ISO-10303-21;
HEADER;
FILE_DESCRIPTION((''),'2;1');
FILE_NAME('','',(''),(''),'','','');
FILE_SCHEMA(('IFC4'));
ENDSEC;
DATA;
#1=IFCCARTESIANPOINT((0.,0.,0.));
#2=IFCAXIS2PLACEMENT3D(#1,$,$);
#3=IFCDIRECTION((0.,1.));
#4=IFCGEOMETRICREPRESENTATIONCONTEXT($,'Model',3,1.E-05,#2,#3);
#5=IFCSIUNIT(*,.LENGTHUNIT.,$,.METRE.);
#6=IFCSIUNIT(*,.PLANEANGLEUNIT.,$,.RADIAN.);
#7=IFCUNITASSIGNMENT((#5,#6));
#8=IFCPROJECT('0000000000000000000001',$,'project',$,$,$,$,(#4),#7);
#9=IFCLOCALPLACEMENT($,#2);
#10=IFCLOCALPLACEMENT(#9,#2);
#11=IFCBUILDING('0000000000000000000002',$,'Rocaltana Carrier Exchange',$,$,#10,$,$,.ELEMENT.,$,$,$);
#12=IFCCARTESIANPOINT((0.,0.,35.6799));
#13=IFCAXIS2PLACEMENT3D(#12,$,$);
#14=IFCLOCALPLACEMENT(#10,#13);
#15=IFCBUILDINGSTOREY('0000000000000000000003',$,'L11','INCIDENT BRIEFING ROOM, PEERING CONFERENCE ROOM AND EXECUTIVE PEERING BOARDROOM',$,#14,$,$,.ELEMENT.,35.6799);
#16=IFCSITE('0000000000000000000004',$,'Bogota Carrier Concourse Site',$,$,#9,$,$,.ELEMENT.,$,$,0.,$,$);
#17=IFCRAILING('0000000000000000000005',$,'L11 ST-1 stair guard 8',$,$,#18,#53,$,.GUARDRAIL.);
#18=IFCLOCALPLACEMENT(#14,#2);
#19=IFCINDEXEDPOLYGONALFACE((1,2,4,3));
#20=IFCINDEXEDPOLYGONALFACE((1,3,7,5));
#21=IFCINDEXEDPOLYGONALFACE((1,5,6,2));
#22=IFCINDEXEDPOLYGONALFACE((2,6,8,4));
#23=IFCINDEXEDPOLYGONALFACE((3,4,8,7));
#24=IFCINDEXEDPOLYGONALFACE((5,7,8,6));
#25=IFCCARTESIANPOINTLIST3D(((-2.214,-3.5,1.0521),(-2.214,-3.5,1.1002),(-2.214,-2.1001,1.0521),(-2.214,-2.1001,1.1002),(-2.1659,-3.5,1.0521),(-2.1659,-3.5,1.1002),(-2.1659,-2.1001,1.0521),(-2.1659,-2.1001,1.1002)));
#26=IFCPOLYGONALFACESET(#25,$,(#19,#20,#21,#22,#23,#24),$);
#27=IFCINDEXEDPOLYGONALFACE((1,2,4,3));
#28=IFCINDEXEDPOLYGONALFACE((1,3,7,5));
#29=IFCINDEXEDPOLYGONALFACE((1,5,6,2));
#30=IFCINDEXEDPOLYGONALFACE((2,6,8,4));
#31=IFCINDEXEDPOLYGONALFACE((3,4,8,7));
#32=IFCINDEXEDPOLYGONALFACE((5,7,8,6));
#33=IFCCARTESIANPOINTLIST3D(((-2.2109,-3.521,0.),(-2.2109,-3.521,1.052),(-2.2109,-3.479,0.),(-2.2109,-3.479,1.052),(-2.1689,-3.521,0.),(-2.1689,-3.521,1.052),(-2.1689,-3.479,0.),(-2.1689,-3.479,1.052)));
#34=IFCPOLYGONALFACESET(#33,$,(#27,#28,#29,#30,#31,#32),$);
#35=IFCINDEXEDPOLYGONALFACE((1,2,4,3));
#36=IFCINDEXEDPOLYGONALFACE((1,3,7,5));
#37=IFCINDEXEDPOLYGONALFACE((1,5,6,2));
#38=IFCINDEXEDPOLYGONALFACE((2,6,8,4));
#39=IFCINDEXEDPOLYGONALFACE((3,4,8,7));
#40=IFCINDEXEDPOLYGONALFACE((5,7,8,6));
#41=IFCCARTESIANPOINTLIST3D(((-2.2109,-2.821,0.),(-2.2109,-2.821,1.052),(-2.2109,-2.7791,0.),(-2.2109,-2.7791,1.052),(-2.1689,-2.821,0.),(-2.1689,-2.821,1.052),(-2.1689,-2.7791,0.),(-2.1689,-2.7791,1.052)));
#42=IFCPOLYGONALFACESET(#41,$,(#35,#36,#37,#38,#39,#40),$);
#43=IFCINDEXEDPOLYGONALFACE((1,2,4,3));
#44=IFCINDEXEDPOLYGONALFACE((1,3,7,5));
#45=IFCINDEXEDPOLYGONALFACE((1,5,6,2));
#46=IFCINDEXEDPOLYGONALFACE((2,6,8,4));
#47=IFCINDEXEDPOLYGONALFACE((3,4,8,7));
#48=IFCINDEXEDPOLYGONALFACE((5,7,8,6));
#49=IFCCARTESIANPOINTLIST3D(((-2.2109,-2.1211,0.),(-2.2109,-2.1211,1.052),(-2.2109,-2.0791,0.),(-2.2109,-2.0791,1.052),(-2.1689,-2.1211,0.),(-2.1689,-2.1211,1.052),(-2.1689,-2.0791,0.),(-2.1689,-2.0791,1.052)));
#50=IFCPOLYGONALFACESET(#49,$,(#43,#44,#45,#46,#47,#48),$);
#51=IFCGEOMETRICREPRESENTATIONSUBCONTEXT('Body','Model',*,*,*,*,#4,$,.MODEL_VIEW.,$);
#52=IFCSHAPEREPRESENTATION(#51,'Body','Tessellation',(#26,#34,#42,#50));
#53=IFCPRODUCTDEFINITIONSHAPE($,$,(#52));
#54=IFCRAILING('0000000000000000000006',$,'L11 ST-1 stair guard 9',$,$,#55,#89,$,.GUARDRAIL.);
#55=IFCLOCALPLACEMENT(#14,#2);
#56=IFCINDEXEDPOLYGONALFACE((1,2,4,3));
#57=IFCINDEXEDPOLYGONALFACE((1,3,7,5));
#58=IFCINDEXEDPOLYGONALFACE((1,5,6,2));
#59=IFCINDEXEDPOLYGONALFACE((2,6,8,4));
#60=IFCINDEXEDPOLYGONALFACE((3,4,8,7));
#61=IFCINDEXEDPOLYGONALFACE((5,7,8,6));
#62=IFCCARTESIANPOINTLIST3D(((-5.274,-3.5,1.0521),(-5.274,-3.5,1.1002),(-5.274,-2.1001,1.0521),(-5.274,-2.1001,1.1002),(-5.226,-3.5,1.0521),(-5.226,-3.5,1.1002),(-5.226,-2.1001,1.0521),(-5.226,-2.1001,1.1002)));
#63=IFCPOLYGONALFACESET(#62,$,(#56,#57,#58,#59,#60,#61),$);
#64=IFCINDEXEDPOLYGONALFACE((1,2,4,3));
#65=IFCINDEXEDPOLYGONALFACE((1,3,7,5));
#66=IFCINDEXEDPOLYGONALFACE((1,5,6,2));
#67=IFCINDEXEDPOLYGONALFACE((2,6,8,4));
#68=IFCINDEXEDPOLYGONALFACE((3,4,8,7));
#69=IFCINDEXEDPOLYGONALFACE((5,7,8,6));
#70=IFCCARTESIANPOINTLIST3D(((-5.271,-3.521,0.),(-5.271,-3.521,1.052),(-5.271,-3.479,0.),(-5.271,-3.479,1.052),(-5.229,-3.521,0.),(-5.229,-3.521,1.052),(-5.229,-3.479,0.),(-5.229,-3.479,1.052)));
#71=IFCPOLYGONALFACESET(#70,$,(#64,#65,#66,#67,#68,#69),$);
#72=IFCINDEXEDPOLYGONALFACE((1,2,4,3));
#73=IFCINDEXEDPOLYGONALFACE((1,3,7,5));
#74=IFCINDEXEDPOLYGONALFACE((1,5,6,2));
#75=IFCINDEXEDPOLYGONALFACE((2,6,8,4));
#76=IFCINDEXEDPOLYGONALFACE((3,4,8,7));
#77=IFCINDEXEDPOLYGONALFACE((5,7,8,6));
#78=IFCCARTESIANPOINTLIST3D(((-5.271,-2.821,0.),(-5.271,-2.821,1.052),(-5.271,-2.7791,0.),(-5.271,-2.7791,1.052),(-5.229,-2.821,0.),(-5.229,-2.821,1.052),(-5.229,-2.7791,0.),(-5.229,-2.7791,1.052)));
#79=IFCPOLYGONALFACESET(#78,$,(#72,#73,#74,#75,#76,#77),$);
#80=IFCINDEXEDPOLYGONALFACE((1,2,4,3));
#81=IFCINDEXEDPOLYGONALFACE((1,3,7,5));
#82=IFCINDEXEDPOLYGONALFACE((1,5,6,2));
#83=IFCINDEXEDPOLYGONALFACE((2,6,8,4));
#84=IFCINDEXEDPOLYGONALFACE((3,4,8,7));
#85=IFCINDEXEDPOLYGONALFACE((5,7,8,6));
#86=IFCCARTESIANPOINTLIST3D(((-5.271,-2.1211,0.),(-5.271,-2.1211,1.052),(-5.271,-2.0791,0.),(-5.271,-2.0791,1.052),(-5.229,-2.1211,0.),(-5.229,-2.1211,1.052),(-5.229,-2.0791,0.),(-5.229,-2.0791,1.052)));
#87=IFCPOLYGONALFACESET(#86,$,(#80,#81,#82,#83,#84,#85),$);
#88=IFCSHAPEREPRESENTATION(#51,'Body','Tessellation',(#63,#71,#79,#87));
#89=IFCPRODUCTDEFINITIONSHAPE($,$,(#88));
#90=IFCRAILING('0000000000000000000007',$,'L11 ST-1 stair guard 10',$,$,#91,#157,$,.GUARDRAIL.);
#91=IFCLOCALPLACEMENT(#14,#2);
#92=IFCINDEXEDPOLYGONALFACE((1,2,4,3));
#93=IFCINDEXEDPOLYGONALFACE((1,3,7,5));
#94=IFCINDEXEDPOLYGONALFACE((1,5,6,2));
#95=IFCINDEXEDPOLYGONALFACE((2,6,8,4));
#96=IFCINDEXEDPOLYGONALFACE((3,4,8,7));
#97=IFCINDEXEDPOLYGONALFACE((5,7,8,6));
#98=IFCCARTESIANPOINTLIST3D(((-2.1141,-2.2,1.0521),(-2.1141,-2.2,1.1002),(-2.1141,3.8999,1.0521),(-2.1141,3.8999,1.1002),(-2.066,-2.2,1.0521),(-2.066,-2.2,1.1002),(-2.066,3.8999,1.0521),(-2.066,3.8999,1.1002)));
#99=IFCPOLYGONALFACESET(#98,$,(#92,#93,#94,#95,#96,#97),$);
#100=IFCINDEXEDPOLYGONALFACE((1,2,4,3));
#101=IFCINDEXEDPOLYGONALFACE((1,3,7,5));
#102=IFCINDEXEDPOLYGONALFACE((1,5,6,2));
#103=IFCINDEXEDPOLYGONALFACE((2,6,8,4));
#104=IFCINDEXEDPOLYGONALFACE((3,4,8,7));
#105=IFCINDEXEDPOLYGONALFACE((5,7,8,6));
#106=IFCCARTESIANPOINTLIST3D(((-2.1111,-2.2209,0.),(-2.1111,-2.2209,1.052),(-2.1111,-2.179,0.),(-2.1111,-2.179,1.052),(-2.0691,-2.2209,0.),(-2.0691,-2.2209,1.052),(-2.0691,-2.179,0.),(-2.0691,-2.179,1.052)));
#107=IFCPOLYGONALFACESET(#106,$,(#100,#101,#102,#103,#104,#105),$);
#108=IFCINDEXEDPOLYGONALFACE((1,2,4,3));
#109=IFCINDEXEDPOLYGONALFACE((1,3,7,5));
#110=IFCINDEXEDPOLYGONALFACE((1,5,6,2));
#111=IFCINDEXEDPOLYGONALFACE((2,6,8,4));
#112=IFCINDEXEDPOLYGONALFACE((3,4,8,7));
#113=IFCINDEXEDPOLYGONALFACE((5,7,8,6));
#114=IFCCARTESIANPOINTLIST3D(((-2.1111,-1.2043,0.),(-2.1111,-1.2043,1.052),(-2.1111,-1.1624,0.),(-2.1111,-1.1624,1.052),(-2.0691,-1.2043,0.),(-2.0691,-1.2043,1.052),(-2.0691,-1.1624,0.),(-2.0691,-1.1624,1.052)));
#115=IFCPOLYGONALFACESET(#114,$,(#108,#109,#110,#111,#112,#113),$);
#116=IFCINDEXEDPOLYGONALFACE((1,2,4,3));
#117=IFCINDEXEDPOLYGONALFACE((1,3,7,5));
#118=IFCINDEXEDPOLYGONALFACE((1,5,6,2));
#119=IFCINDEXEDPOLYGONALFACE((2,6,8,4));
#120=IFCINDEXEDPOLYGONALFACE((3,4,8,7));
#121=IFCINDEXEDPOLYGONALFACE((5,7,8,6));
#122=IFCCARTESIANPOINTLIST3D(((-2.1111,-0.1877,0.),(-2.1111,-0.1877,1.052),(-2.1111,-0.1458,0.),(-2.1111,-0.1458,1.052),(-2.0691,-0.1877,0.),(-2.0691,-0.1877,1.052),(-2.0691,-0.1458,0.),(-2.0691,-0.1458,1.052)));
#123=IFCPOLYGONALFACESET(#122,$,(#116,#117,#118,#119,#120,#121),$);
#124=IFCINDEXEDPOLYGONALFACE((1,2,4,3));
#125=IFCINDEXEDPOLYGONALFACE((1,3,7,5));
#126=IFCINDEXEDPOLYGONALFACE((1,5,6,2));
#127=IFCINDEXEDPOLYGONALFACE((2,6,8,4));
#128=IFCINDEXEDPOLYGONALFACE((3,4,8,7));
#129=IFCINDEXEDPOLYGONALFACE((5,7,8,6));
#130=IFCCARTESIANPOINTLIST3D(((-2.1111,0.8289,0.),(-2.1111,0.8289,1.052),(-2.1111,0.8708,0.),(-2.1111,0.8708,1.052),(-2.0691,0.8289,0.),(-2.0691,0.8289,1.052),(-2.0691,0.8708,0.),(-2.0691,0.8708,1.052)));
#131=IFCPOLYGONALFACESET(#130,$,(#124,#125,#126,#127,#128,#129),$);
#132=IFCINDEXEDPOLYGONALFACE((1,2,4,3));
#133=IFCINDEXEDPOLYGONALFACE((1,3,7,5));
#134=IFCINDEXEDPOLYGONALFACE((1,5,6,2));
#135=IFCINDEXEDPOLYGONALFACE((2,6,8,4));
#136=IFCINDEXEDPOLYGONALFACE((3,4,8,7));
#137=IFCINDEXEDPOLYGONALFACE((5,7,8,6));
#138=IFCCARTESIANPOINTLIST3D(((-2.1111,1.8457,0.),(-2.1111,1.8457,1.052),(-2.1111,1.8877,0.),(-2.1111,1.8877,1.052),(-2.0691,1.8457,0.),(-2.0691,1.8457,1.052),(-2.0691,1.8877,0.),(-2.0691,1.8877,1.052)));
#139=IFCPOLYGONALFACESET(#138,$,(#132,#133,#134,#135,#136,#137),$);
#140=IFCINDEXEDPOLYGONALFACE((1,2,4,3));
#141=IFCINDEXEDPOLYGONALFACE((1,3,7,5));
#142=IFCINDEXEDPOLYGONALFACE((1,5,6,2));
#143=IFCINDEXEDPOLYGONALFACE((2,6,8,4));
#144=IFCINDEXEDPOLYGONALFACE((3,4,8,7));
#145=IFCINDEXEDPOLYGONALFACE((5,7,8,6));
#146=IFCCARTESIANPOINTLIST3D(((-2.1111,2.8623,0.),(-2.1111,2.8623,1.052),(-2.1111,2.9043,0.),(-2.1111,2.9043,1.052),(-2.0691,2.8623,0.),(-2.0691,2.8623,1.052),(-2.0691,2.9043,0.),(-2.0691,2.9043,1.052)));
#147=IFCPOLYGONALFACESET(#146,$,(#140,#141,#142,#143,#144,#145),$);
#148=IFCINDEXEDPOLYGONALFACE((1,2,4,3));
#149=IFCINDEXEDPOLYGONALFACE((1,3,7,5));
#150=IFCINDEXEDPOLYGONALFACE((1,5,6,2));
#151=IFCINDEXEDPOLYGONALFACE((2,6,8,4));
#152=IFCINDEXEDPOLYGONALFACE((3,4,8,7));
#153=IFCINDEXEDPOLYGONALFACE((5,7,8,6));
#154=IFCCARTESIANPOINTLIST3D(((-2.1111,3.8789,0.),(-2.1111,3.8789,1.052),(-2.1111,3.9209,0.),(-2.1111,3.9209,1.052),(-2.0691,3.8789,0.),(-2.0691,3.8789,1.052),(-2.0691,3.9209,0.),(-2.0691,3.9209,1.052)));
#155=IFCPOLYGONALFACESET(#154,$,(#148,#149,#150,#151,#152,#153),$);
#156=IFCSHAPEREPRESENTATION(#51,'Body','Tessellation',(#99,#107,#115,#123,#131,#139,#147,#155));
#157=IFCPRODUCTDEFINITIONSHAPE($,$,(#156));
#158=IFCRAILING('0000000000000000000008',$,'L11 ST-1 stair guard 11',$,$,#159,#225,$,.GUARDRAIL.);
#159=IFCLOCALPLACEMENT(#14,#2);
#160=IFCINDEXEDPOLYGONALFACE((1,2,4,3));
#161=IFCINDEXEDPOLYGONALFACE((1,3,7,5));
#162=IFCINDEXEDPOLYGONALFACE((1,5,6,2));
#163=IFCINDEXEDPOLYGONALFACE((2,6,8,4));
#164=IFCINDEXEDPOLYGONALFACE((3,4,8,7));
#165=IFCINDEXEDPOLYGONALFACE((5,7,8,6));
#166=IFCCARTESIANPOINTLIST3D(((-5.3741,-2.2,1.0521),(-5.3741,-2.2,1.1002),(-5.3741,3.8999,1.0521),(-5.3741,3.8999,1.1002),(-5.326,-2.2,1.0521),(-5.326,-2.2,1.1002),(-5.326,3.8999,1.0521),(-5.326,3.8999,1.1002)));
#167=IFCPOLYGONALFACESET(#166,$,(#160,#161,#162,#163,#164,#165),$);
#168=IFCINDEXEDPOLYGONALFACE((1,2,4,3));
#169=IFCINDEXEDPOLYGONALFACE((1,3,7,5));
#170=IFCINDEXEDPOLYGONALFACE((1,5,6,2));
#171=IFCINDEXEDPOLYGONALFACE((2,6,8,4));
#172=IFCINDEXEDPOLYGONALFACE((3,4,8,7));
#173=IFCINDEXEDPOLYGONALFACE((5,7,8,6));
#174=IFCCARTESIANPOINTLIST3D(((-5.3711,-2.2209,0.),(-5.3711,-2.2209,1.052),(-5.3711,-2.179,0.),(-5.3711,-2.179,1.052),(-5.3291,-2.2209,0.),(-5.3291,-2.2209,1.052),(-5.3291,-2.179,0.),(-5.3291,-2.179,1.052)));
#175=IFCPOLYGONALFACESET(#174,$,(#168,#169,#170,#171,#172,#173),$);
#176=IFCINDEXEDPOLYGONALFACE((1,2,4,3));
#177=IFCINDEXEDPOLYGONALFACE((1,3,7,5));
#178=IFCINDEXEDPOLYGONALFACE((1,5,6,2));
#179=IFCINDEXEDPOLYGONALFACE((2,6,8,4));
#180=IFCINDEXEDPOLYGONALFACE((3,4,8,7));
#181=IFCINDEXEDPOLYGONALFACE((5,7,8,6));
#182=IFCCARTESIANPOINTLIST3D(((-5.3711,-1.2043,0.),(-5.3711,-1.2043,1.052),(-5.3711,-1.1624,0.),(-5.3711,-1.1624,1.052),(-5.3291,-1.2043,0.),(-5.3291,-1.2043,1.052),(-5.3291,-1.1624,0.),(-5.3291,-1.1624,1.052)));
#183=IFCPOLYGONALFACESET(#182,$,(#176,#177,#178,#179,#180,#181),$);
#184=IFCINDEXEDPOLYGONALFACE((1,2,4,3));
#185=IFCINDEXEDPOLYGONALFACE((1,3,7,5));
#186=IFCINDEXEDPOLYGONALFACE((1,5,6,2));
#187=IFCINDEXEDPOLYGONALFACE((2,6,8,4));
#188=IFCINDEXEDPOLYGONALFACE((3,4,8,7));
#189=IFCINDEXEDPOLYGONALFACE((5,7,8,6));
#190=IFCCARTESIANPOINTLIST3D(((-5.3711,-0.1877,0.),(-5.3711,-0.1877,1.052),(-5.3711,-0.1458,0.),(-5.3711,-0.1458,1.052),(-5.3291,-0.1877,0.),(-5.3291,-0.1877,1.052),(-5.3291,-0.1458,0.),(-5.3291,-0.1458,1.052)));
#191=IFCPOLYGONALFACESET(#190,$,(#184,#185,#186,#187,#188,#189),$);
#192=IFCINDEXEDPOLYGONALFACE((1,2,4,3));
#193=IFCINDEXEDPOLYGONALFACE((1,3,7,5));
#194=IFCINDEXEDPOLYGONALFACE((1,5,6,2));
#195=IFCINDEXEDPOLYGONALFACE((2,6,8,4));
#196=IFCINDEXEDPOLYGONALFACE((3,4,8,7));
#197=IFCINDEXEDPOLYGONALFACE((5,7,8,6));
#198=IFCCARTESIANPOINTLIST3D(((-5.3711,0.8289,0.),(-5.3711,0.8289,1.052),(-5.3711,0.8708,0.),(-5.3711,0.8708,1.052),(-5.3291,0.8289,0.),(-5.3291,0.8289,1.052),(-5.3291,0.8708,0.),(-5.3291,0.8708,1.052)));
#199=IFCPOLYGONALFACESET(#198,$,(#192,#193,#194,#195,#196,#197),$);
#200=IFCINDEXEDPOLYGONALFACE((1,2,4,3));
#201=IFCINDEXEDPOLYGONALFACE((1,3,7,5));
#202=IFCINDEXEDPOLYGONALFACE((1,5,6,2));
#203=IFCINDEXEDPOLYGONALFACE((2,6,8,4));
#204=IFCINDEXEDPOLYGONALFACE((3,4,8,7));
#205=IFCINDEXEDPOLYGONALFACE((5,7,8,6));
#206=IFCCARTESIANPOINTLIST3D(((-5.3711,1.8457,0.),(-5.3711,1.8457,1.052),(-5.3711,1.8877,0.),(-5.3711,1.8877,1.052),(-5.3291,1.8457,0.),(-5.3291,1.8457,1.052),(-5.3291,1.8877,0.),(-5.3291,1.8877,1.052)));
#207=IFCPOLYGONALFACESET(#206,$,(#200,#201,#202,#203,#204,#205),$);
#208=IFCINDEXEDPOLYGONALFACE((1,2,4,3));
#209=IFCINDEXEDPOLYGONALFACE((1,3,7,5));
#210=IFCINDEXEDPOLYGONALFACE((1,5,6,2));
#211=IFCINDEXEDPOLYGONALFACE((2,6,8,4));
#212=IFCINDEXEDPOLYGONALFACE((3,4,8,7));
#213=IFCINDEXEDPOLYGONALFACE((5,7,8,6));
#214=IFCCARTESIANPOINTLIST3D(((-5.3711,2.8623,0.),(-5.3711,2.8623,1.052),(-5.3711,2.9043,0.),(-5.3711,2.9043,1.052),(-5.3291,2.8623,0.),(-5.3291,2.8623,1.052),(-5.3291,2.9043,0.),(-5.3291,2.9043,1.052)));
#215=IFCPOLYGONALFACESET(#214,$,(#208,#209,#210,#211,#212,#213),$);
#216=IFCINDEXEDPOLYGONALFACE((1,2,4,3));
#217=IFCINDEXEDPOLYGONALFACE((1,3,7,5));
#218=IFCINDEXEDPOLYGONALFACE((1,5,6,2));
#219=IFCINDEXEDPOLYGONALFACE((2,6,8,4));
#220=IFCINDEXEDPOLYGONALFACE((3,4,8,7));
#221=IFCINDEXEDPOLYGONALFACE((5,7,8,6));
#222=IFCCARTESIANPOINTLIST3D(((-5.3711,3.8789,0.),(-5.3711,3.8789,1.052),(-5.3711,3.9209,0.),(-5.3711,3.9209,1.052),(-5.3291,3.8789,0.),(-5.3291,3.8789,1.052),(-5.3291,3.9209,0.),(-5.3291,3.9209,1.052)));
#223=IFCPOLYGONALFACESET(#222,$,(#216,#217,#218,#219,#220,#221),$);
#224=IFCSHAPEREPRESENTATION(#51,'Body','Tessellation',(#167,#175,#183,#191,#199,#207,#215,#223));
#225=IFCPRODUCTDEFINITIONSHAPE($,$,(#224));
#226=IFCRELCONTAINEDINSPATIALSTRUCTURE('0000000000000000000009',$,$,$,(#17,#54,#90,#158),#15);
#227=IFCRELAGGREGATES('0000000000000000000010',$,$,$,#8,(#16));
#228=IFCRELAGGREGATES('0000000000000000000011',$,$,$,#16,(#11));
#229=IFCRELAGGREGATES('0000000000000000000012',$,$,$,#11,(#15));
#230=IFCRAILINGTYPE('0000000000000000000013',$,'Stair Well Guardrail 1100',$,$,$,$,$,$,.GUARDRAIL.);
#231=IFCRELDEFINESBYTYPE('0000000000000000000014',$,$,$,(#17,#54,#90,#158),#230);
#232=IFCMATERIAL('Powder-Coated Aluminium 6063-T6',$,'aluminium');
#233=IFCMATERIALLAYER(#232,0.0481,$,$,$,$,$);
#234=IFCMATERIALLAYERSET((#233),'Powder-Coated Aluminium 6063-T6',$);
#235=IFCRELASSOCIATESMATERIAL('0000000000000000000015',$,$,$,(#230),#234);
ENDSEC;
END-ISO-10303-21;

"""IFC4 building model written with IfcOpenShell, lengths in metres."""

from ifc_helpers import new_model, si_unit, direction, frame, origin, origin_2d, place, context, subcontext, project, spatial, rectangle, extrude, material, layer, layer_set, type_object, element, save


model = new_model("IFC4")

# Units and contexts
model_context = context("Model", 3, precision=1e-05, world=origin(), true_north=direction((0.0, 1.0)))
body_context = subcontext(model_context, "Body", "Model", "MODEL_VIEW")
ifc_project = project(units=[si_unit("LENGTHUNIT", "METRE"), si_unit("PLANEANGLEUNIT", "RADIAN")], contexts=[model_context])

# Site, building, storey
site_placement = place(None, origin())
site = spatial("IfcSite", under=ifc_project, at=site_placement, Name="Bogota Carrier Concourse Site", CompositionType="ELEMENT", RefElevation=0.0)
building_placement = place(site_placement, origin())
building = spatial("IfcBuilding", under=site, at=building_placement, Name="Rocaltana Carrier Exchange", CompositionType="ELEMENT")
storey_placement = place(building_placement, frame((0.0, 0.0, 35.6799)))
storey = spatial("IfcBuildingStorey", under=building, at=storey_placement, Name="L11", Description="INCIDENT BRIEFING ROOM, PEERING CONFERENCE ROOM AND EXECUTIVE PEERING BOARDROOM", CompositionType="ELEMENT", Elevation=35.6799)

# Railings
ifc_material_1 = material(Name="Powder-Coated Aluminium 6063-T6", Category="aluminium")
ifc_layer_1 = layer(ifc_material_1, 0.0481)
ifc_layer_set_1 = layer_set([ifc_layer_1], Name="Powder-Coated Aluminium 6063-T6")
railing_type_1 = type_object("IfcRailingType", Name="Stair Well Guardrail 1100", PredefinedType="GUARDRAIL", material=ifc_layer_set_1)
for number, where, name in (
    (1, (-2.1899, -3.5, 0.0), "L11 ST-1 stair guard 8"),
    (2, (-5.25, -3.5, 0.0), "L11 ST-1 stair guard 9"),
):
    element("IfcRailing", number, at=place(storey_placement, frame(where)), inside=storey, type_object=railing_type_1, Name=name, PredefinedType="GUARDRAIL", context=body_context, shape_type="SweptSolid", body=[
        extrude(rectangle(XDim=0.0481, YDim=0.0481, at=origin_2d()), frame((0.0, 0.0, 1.0762), z_axis=(0.0, 1.0, 0.0), x_axis=(-1.0, 0.0, 0.0)), (0.0, 0.0, 1.0), 1.3999),
        extrude(rectangle(XDim=0.042, YDim=0.042, at=origin_2d()), origin(), (0.0, 0.0, 1.0), 1.052),
        extrude(rectangle(XDim=0.042, YDim=0.042, at=origin_2d()), frame((0.0, 0.7, 0.0)), (0.0, 0.0, 1.0), 1.052),
        extrude(rectangle(XDim=0.042, YDim=0.042, at=origin_2d()), frame((0.0, 1.3999, 0.0)), (0.0, 0.0, 1.0), 1.052),
    ])
for number, where, name in (
    (3, (-2.0901, -2.2, 0.0), "L11 ST-1 stair guard 10"),
    (4, (-5.3501, -2.2, 0.0), "L11 ST-1 stair guard 11"),
):
    element("IfcRailing", number, at=place(storey_placement, frame(where)), inside=storey, type_object=railing_type_1, Name=name, PredefinedType="GUARDRAIL", context=body_context, shape_type="SweptSolid", body=[
        extrude(rectangle(XDim=0.0481, YDim=0.0481, at=origin_2d()), frame((0.0, 0.0, 1.0762), z_axis=(0.0, 1.0, 0.0), x_axis=(-1.0, 0.0, 0.0)), (0.0, 0.0, 1.0), 6.0999),
        extrude(rectangle(XDim=0.042, YDim=0.042, at=origin_2d()), origin(), (0.0, 0.0, 1.0), 1.052),
        extrude(rectangle(XDim=0.042, YDim=0.042, at=origin_2d()), frame((0.0, 1.0166, 0.0)), (0.0, 0.0, 1.0), 1.052),
        extrude(rectangle(XDim=0.042, YDim=0.042, at=origin_2d()), frame((0.0, 2.0332, 0.0)), (0.0, 0.0, 1.0), 1.052),
        extrude(rectangle(XDim=0.042, YDim=0.042, at=origin_2d()), frame((0.0, 3.0498, 0.0)), (0.0, 0.0, 1.0), 1.052),
        extrude(rectangle(XDim=0.042, YDim=0.042, at=origin_2d()), frame((0.0, 4.0667, 0.0)), (0.0, 0.0, 1.0), 1.052),
        extrude(rectangle(XDim=0.042, YDim=0.042, at=origin_2d()), frame((0.0, 5.0833, 0.0)), (0.0, 0.0, 1.0), 1.052),
        extrude(rectangle(XDim=0.042, YDim=0.042, at=origin_2d()), frame((0.0, 6.0999, 0.0)), (0.0, 0.0, 1.0), 1.052),
    ])

save(model, "model.ifc")
